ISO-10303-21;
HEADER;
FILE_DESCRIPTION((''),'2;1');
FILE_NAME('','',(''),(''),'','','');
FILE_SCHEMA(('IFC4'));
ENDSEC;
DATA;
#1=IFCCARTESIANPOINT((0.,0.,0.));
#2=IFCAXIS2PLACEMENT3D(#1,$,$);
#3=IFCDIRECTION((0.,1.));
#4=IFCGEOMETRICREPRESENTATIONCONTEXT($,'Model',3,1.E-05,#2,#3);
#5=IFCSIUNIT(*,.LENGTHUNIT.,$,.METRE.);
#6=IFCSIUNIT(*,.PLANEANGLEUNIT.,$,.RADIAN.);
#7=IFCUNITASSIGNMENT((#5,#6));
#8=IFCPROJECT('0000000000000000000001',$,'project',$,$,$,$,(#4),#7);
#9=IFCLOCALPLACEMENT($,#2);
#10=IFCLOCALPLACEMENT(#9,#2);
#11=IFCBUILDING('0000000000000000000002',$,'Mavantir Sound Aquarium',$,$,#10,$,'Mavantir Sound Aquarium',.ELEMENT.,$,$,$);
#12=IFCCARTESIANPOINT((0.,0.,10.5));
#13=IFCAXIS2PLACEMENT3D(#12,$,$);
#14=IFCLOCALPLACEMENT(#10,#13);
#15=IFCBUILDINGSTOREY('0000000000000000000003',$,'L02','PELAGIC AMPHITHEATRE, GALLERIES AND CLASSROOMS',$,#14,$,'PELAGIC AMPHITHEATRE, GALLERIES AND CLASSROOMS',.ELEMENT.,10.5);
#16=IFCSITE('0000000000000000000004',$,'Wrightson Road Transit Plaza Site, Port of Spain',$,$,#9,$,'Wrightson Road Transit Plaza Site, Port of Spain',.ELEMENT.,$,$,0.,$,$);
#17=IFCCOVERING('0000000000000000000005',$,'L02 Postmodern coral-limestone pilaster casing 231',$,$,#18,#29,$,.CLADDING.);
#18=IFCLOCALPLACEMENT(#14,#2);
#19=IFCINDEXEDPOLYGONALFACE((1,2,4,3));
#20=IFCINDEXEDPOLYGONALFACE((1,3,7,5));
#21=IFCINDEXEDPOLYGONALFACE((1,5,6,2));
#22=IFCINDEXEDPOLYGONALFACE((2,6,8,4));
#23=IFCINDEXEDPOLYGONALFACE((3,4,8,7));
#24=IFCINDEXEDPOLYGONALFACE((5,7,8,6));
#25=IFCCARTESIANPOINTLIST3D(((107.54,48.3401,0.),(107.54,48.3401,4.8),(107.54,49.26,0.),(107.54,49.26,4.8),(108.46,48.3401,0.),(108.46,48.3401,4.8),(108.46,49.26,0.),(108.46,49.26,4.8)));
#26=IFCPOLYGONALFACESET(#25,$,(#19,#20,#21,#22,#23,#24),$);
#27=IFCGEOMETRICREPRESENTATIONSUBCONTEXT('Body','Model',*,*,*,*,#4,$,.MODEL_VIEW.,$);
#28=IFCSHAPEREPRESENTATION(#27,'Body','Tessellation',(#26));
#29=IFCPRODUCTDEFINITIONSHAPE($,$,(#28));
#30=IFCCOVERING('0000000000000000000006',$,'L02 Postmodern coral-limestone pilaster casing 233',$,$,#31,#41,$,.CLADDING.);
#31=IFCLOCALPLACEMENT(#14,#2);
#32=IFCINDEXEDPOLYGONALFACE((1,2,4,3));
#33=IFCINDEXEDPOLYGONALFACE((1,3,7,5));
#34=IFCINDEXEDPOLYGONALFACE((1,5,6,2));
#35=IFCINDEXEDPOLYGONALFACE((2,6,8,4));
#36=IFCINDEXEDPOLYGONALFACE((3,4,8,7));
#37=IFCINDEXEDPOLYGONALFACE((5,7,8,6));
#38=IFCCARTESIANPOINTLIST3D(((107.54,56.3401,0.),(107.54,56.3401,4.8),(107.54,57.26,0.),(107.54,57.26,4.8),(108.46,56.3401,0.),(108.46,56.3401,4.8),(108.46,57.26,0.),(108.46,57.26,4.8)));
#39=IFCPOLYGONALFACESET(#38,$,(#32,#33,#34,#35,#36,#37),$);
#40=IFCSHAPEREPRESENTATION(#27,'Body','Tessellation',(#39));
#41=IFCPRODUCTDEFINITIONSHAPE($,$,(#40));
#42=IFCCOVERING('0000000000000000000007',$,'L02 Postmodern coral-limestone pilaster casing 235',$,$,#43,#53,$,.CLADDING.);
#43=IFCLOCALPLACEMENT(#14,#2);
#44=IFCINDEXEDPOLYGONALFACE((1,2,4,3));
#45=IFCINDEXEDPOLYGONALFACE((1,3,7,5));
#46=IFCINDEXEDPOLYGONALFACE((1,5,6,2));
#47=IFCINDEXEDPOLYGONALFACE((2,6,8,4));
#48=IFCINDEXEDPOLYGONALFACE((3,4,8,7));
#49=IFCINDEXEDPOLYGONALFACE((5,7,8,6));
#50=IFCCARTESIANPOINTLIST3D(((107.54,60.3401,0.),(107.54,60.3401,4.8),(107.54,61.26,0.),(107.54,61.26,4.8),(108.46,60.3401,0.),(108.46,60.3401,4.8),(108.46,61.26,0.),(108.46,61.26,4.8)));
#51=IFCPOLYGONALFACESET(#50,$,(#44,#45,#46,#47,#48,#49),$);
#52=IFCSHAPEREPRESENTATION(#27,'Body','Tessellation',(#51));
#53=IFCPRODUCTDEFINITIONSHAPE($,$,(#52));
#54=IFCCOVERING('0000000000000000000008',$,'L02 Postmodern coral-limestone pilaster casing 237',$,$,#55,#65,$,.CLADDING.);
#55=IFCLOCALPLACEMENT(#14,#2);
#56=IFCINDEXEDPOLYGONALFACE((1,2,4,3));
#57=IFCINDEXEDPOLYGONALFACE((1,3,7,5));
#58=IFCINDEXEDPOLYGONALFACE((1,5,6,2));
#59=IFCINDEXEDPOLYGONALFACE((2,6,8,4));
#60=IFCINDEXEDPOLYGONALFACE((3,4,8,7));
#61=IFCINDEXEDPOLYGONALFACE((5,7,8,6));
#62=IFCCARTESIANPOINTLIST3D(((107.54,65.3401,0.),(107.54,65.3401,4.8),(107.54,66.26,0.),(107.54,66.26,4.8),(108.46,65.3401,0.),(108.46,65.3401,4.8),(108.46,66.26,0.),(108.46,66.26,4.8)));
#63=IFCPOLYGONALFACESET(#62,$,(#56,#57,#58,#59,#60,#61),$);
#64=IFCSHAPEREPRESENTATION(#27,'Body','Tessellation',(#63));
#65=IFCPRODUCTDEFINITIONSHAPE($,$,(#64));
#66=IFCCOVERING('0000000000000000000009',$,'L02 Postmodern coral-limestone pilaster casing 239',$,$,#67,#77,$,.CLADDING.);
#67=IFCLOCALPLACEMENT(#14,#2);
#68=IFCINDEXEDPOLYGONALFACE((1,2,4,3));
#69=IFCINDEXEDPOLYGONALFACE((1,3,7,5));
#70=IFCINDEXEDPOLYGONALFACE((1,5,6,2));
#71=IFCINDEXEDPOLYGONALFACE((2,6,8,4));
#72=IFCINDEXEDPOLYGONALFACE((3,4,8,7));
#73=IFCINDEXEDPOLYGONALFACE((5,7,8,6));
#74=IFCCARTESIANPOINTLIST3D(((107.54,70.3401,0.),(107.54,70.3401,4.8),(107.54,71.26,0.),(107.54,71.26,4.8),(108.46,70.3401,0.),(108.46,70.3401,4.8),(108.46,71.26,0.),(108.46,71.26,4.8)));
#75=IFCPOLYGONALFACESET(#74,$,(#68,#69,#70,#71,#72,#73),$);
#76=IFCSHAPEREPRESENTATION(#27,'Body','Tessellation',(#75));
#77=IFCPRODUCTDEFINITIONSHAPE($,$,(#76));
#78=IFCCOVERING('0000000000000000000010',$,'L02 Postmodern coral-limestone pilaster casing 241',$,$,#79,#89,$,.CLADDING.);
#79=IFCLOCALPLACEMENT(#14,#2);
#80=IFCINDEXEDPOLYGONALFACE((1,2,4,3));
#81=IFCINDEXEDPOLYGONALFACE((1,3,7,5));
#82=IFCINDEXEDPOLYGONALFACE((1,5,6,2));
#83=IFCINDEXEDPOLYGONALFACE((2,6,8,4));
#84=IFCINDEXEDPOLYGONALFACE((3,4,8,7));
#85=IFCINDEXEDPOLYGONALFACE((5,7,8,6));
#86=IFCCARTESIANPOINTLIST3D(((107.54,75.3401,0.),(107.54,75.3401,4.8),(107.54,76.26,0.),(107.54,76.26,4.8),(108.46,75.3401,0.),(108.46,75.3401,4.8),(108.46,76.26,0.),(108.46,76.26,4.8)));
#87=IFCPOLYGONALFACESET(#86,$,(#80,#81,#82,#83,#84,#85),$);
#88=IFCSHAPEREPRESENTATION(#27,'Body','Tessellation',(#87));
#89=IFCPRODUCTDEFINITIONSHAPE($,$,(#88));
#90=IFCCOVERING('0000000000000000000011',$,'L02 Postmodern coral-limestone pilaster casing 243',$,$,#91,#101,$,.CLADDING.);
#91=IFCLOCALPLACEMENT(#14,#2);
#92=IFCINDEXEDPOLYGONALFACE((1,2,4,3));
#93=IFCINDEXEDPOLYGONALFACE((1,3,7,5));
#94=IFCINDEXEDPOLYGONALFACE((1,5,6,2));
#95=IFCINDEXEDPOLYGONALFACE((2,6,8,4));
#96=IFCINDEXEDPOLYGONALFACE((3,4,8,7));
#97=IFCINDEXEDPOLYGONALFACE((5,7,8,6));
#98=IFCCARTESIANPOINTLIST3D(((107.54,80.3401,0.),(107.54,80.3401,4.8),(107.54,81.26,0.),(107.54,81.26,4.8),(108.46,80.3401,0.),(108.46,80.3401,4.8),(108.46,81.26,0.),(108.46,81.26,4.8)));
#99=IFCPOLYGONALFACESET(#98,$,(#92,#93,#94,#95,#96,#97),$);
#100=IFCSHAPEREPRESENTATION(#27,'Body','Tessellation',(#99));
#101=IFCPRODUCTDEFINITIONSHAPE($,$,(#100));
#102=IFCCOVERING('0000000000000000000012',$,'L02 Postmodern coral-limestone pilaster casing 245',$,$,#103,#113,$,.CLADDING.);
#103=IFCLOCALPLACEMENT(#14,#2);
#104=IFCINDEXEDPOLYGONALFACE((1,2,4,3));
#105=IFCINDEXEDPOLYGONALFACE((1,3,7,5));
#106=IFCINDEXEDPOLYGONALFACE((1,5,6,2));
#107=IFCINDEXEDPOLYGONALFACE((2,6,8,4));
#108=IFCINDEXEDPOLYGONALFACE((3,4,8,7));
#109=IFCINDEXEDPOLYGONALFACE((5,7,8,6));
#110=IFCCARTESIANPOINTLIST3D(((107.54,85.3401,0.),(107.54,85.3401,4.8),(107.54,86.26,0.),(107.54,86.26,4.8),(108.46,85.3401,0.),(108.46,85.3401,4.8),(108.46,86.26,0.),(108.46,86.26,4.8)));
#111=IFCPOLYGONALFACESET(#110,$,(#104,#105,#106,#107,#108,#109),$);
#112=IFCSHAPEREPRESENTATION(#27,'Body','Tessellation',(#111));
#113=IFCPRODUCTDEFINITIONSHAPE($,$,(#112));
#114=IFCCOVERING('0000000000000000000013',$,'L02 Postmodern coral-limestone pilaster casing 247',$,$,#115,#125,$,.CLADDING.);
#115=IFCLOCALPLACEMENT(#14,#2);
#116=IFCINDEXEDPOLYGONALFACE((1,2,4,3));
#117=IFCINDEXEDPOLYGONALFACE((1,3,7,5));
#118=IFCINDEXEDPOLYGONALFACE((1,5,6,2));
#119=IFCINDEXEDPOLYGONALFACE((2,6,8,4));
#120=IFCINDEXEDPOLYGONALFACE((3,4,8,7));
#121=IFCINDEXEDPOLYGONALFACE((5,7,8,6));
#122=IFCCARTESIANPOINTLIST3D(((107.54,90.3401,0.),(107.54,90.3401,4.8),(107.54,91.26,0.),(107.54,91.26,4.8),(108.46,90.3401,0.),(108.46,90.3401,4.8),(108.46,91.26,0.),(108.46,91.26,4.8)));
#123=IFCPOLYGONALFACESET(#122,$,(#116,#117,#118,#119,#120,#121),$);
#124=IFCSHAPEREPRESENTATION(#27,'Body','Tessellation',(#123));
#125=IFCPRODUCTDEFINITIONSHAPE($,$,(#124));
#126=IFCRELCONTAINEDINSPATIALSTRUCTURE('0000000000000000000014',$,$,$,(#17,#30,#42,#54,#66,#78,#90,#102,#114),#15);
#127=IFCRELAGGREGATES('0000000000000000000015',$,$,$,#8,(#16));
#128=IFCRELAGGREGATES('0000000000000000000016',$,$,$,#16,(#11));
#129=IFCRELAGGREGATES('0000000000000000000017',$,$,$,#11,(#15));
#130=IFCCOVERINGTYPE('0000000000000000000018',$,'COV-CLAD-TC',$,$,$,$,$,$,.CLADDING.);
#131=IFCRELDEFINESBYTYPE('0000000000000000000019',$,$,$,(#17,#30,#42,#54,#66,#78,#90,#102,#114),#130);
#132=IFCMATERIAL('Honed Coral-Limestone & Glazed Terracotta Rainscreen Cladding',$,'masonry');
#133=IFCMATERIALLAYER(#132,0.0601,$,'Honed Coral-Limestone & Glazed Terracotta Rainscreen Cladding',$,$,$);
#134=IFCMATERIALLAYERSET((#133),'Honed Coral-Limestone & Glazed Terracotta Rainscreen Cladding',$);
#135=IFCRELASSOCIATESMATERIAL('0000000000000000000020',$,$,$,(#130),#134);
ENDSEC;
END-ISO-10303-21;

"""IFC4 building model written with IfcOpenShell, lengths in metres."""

from ifc_helpers import new_model, si_unit, direction, frame, origin, place, context, subcontext, project, spatial, polyline, outline, extrude, material, layer, layer_set, type_object, element, save


model = new_model("IFC4")

# Units and contexts
model_context = context("Model", 3, precision=1e-05, world=origin(), true_north=direction((0.0, 1.0)))
body_context = subcontext(model_context, "Body", "Model", "MODEL_VIEW")
ifc_project = project(units=[si_unit("LENGTHUNIT", "METRE"), si_unit("PLANEANGLEUNIT", "RADIAN")], contexts=[model_context])

# Site, building, storey
site_placement = place(None, origin())
site = spatial("IfcSite", under=ifc_project, at=site_placement, Name="Wrightson Road Transit Plaza Site, Port of Spain", LongName="Wrightson Road Transit Plaza Site, Port of Spain", CompositionType="ELEMENT", RefElevation=0.0)
building_placement = place(site_placement, origin())
building = spatial("IfcBuilding", under=site, at=building_placement, Name="Mavantir Sound Aquarium", LongName="Mavantir Sound Aquarium", CompositionType="ELEMENT")
storey_placement = place(building_placement, frame((0.0, 0.0, 10.5)))
storey = spatial("IfcBuildingStorey", under=building, at=storey_placement, Name="L02", Description="PELAGIC AMPHITHEATRE, GALLERIES AND CLASSROOMS", LongName="PELAGIC AMPHITHEATRE, GALLERIES AND CLASSROOMS", CompositionType="ELEMENT", Elevation=10.5)

# Coverings
ifc_material_1 = material(Name="Honed Coral-Limestone & Glazed Terracotta Rainscreen Cladding", Category="masonry")
ifc_layer_1 = layer(ifc_material_1, 0.0601, Name="Honed Coral-Limestone & Glazed Terracotta Rainscreen Cladding")
ifc_layer_set_1 = layer_set([ifc_layer_1], Name="Honed Coral-Limestone & Glazed Terracotta Rainscreen Cladding")
covering_type = type_object("IfcCoveringType", Name="COV-CLAD-TC", PredefinedType="CLADDING", material=ifc_layer_set_1)
covering_1_placement = place(storey_placement, origin())
element("IfcCovering", 1, at=covering_1_placement, inside=storey, type_object=covering_type, Name="L02 Postmodern coral-limestone pilaster casing 231", PredefinedType="CLADDING", context=body_context, shape_type="SweptSolid", body=[
    extrude(outline(polyline([(107.54, 48.3401), (108.46, 48.3401), (108.46, 49.26), (107.54, 49.26), (107.54, 48.3401)])), origin(), (0.0, 0.0, 1.0), 4.8),
])
covering_2_placement = place(storey_placement, origin())
element("IfcCovering", 2, at=covering_2_placement, inside=storey, type_object=covering_type, Name="L02 Postmodern coral-limestone pilaster casing 233", PredefinedType="CLADDING", context=body_context, shape_type="SweptSolid", body=[
    extrude(outline(polyline([(107.54, 56.3401), (108.46, 56.3401), (108.46, 57.26), (107.54, 57.26), (107.54, 56.3401)])), origin(), (0.0, 0.0, 1.0), 4.8),
])
covering_3_placement = place(storey_placement, origin())
element("IfcCovering", 3, at=covering_3_placement, inside=storey, type_object=covering_type, Name="L02 Postmodern coral-limestone pilaster casing 235", PredefinedType="CLADDING", context=body_context, shape_type="SweptSolid", body=[
    extrude(outline(polyline([(107.54, 60.3401), (108.46, 60.3401), (108.46, 61.26), (107.54, 61.26), (107.54, 60.3401)])), origin(), (0.0, 0.0, 1.0), 4.8),
])
covering_4_placement = place(storey_placement, origin())
element("IfcCovering", 4, at=covering_4_placement, inside=storey, type_object=covering_type, Name="L02 Postmodern coral-limestone pilaster casing 237", PredefinedType="CLADDING", context=body_context, shape_type="SweptSolid", body=[
    extrude(outline(polyline([(107.54, 65.3401), (108.46, 65.3401), (108.46, 66.26), (107.54, 66.26), (107.54, 65.3401)])), origin(), (0.0, 0.0, 1.0), 4.8),
])
covering_5_placement = place(storey_placement, origin())
element("IfcCovering", 5, at=covering_5_placement, inside=storey, type_object=covering_type, Name="L02 Postmodern coral-limestone pilaster casing 239", PredefinedType="CLADDING", context=body_context, shape_type="SweptSolid", body=[
    extrude(outline(polyline([(107.54, 70.3401), (108.46, 70.3401), (108.46, 71.26), (107.54, 71.26), (107.54, 70.3401)])), origin(), (0.0, 0.0, 1.0), 4.8),
])
covering_6_placement = place(storey_placement, origin())
element("IfcCovering", 6, at=covering_6_placement, inside=storey, type_object=covering_type, Name="L02 Postmodern coral-limestone pilaster casing 241", PredefinedType="CLADDING", context=body_context, shape_type="SweptSolid", body=[
    extrude(outline(polyline([(107.54, 75.3401), (108.46, 75.3401), (108.46, 76.26), (107.54, 76.26), (107.54, 75.3401)])), origin(), (0.0, 0.0, 1.0), 4.8),
])
covering_7_placement = place(storey_placement, origin())
element("IfcCovering", 7, at=covering_7_placement, inside=storey, type_object=covering_type, Name="L02 Postmodern coral-limestone pilaster casing 243", PredefinedType="CLADDING", context=body_context, shape_type="SweptSolid", body=[
    extrude(outline(polyline([(107.54, 80.3401), (108.46, 80.3401), (108.46, 81.26), (107.54, 81.26), (107.54, 80.3401)])), origin(), (0.0, 0.0, 1.0), 4.8),
])
covering_8_placement = place(storey_placement, origin())
element("IfcCovering", 8, at=covering_8_placement, inside=storey, type_object=covering_type, Name="L02 Postmodern coral-limestone pilaster casing 245", PredefinedType="CLADDING", context=body_context, shape_type="SweptSolid", body=[
    extrude(outline(polyline([(107.54, 85.3401), (108.46, 85.3401), (108.46, 86.26), (107.54, 86.26), (107.54, 85.3401)])), origin(), (0.0, 0.0, 1.0), 4.8),
])
covering_9_placement = place(storey_placement, origin())
element("IfcCovering", 9, at=covering_9_placement, inside=storey, type_object=covering_type, Name="L02 Postmodern coral-limestone pilaster casing 247", PredefinedType="CLADDING", context=body_context, shape_type="SweptSolid", body=[
    extrude(outline(polyline([(107.54, 90.3401), (108.46, 90.3401), (108.46, 91.26), (107.54, 91.26), (107.54, 90.3401)])), origin(), (0.0, 0.0, 1.0), 4.8),
])

save(model, "model.ifc")
